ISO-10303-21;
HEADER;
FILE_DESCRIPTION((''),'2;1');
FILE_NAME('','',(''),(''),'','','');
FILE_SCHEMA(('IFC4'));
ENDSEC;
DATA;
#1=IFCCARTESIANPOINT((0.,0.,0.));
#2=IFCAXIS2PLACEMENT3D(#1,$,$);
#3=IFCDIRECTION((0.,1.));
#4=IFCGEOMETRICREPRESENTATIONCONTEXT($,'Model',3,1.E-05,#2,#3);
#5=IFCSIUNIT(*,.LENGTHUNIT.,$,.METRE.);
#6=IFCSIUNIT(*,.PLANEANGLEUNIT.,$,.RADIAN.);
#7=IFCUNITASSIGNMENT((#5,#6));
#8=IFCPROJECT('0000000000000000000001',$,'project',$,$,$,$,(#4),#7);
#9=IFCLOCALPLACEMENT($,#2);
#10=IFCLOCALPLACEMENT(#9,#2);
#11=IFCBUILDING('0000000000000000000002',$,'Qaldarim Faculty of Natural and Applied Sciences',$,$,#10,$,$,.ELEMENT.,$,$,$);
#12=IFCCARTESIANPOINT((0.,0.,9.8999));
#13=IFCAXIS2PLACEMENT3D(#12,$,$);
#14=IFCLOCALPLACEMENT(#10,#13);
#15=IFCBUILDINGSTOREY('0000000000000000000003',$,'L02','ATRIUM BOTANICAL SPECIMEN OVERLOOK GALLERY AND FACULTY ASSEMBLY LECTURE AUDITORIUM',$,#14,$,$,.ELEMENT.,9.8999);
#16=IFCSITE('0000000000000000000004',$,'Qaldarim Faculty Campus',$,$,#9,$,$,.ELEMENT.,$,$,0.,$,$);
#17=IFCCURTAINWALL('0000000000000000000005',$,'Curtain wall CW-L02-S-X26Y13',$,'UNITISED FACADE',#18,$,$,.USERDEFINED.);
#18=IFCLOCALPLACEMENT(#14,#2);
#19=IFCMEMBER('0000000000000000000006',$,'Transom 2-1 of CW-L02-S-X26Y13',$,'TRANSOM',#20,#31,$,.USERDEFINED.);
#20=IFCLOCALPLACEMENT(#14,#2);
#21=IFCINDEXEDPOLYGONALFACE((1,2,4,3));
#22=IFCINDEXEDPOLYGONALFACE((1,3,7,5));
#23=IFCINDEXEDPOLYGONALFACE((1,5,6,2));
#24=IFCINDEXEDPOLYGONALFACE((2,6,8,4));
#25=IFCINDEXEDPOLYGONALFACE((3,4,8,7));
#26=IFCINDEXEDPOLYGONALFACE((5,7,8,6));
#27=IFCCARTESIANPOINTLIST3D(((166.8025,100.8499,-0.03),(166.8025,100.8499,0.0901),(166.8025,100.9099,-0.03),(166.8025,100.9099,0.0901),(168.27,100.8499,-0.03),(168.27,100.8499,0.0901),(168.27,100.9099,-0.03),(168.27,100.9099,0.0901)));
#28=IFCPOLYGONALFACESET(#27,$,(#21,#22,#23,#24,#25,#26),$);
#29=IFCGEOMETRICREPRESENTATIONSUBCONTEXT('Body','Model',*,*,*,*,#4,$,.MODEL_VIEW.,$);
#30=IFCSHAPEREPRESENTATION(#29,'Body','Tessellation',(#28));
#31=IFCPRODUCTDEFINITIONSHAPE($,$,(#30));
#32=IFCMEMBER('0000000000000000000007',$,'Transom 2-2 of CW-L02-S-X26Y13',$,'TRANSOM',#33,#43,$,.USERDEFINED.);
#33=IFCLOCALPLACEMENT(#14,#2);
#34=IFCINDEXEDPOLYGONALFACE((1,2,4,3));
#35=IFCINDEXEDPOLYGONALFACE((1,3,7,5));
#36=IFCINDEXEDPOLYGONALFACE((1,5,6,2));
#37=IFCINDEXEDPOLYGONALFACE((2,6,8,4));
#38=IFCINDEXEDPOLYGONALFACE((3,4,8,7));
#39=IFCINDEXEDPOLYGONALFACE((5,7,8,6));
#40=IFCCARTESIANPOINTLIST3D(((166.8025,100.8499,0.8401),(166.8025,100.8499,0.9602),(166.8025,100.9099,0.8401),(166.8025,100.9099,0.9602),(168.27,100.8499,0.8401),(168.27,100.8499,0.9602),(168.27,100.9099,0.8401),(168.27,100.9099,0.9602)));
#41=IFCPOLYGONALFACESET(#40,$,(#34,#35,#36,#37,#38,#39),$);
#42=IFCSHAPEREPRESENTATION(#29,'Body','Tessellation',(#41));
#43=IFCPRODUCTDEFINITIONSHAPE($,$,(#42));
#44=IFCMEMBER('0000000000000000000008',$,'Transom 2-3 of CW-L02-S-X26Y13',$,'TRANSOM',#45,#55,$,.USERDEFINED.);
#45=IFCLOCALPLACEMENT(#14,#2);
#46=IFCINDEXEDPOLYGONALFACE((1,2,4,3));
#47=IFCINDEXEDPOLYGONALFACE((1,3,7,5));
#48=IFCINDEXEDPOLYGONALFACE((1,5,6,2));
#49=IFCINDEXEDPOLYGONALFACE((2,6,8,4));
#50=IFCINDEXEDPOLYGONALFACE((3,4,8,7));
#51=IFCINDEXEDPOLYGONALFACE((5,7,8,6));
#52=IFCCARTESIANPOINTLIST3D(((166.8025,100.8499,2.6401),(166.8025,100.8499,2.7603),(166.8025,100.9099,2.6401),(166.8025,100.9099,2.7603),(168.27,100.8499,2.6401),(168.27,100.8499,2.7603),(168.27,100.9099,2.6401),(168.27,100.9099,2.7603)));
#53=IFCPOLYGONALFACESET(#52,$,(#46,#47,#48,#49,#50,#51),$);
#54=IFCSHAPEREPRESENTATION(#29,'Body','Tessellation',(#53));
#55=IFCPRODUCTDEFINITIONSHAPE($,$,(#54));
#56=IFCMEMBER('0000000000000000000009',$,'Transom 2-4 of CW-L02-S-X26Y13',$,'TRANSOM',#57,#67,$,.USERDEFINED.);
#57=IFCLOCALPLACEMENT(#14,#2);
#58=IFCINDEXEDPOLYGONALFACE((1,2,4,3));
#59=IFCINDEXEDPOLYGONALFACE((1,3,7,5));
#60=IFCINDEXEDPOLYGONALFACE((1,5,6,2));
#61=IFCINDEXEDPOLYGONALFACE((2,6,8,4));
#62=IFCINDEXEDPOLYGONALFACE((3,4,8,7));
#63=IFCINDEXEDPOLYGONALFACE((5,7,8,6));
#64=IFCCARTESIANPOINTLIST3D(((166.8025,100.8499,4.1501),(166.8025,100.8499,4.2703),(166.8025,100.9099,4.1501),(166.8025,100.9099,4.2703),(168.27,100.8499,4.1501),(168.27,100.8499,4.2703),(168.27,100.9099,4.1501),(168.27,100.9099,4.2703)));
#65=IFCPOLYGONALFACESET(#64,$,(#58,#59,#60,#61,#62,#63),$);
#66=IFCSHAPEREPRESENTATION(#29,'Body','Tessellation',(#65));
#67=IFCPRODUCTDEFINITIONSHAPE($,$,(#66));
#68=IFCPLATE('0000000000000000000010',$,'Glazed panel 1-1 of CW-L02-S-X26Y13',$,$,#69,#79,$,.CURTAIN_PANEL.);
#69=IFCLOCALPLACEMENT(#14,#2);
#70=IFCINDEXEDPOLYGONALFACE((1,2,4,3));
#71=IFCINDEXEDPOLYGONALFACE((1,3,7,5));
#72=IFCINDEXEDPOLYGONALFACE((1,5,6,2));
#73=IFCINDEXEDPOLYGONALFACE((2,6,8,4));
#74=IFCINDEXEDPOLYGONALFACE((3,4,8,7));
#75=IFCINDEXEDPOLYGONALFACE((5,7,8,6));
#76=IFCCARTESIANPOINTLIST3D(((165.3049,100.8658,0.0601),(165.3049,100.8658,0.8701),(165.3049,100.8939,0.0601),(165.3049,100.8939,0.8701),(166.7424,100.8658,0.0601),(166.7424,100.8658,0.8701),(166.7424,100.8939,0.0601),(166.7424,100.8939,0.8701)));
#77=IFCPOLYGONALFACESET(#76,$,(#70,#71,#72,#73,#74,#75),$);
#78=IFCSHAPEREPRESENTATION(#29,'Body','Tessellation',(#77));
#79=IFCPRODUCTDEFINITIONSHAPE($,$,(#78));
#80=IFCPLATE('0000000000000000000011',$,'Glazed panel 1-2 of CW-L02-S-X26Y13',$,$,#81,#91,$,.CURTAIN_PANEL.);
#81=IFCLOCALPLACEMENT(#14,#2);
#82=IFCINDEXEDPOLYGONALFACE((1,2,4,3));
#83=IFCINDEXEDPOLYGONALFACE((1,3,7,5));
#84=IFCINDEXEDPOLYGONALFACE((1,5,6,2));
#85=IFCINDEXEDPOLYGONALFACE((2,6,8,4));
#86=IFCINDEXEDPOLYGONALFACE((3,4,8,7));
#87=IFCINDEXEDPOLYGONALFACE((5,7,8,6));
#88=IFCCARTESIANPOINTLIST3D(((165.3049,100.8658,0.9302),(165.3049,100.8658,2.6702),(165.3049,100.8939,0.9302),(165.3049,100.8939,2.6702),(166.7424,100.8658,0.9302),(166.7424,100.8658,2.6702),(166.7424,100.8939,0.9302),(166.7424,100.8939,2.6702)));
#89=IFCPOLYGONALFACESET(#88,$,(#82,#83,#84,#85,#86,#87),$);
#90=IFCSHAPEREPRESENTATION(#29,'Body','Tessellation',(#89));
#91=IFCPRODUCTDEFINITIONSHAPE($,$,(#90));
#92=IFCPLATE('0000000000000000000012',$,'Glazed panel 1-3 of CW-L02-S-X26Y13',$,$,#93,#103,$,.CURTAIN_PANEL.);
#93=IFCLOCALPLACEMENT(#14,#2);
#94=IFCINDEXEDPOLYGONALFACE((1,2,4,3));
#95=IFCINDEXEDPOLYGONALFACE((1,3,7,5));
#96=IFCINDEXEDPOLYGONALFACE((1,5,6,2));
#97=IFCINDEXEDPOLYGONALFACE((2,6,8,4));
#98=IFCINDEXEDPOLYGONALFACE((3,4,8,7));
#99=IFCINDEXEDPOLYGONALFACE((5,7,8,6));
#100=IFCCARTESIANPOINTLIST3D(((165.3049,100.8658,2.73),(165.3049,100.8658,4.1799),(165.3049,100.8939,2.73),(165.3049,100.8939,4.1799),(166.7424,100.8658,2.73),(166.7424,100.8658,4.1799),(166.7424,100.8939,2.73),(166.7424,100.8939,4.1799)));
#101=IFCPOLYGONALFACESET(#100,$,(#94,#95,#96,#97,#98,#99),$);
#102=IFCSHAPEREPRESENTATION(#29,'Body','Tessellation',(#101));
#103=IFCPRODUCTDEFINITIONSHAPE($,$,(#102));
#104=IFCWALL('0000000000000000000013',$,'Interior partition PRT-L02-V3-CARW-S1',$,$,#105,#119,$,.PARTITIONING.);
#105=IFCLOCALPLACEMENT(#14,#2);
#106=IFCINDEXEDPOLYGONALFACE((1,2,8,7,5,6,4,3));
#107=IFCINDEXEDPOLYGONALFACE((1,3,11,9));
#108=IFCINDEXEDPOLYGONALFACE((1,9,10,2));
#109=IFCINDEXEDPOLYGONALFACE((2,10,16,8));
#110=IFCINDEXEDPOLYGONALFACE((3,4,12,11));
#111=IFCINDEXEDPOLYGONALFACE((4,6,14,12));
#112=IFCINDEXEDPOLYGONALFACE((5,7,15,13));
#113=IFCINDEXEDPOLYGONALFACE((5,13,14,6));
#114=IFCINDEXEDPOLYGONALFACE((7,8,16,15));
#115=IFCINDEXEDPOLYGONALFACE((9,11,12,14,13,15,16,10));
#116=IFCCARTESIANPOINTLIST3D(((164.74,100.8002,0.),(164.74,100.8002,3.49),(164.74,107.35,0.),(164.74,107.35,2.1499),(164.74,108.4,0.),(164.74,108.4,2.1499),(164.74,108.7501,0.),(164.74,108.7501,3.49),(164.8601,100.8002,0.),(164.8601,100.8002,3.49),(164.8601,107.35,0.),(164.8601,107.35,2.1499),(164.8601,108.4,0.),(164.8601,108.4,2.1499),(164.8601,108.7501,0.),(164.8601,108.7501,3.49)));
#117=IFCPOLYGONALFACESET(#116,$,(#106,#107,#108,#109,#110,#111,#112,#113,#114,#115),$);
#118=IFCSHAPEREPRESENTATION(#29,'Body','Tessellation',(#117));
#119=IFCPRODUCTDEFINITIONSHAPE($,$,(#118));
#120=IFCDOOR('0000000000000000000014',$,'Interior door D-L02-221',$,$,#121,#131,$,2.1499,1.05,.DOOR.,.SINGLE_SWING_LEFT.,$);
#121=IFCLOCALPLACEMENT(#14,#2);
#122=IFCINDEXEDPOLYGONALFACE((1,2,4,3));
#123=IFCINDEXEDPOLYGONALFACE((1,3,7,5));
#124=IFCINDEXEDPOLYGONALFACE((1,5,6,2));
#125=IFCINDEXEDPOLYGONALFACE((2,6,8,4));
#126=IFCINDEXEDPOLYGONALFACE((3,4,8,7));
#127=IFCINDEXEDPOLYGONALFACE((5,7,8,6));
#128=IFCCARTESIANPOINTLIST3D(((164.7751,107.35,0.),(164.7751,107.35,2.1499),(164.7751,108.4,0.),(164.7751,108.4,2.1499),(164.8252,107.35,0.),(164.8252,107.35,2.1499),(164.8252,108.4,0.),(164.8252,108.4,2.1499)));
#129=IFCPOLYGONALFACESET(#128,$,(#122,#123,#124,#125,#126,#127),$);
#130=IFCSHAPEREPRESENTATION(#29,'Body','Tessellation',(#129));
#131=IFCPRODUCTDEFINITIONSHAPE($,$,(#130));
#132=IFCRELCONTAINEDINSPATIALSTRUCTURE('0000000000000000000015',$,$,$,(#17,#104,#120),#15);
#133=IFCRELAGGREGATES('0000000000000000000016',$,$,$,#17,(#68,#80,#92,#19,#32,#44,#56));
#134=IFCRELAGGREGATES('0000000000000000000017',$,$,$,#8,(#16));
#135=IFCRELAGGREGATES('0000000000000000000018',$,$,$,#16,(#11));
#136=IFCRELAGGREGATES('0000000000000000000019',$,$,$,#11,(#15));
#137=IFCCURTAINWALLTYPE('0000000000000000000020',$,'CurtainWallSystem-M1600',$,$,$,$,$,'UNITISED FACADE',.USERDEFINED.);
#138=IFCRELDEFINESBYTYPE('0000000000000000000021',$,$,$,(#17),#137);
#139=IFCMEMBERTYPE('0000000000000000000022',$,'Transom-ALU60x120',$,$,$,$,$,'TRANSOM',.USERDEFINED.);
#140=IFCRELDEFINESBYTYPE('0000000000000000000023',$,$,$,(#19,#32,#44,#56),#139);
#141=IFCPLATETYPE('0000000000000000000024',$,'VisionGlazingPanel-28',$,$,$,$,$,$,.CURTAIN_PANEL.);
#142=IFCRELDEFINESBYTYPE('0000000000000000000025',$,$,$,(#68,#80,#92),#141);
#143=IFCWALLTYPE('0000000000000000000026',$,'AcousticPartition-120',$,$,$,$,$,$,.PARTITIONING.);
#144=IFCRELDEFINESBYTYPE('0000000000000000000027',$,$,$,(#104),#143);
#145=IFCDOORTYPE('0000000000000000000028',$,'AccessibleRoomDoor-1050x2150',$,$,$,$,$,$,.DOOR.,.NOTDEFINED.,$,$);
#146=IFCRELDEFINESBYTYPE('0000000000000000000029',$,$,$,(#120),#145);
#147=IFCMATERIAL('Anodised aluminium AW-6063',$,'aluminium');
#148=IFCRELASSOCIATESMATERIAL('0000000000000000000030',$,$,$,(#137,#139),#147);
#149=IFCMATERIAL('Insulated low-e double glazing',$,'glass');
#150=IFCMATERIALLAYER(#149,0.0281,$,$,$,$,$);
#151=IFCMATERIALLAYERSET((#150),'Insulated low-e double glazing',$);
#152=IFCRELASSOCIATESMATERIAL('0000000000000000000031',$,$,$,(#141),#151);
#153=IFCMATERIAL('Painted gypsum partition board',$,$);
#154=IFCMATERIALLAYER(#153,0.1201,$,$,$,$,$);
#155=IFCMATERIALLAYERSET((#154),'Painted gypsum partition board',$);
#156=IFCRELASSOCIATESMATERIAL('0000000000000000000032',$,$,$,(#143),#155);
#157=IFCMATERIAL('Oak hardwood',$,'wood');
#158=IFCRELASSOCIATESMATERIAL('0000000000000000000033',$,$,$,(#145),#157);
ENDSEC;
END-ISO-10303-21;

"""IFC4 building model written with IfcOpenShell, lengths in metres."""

from ifc_helpers import new_model, si_unit, direction, frame, frame_2d, origin, origin_2d, place, context, subcontext, project, spatial, rectangle, extrude, material, layer, layer_set, material_profile, profile_set, type_object, element, fill, aggregate, save


model = new_model("IFC4")

# Units and contexts
model_context = context("Model", 3, precision=1e-05, world=origin(), true_north=direction((0.0, 1.0)))
body_context = subcontext(model_context, "Body", "Model", "MODEL_VIEW")
ifc_project = project(units=[si_unit("LENGTHUNIT", "METRE"), si_unit("PLANEANGLEUNIT", "RADIAN")], contexts=[model_context])

# Site, building, storey
site_placement = place(None, origin())
site = spatial("IfcSite", under=ifc_project, at=site_placement, Name="Qaldarim Faculty Campus", CompositionType="ELEMENT", RefElevation=0.0)
building_placement = place(site_placement, origin())
building = spatial("IfcBuilding", under=site, at=building_placement, Name="Qaldarim Faculty of Natural and Applied Sciences", CompositionType="ELEMENT")
storey_placement = place(building_placement, frame((0.0, 0.0, 9.8999)))
storey = spatial("IfcBuildingStorey", under=building, at=storey_placement, Name="L02", Description="ATRIUM BOTANICAL SPECIMEN OVERLOOK GALLERY AND FACULTY ASSEMBLY LECTURE AUDITORIUM", CompositionType="ELEMENT", Elevation=9.8999)

# Curtain wall
ifc_material_1 = material(Name="Anodised aluminium AW-6063", Category="aluminium")
curtain_wall_type = type_object("IfcCurtainWallType", Name="CurtainWallSystem-M1600", ElementType="UNITISED FACADE", PredefinedType="USERDEFINED", material=ifc_material_1)
curtain_wall_placement = place(storey_placement, origin())
curtain_wall = element("IfcCurtainWall", 1, at=curtain_wall_placement, inside=storey, type_object=curtain_wall_type, Name="Curtain wall CW-L02-S-X26Y13", ObjectType="UNITISED FACADE", PredefinedType="USERDEFINED")

# Members
ifc_material_profile_1 = material_profile(ifc_material_1, rectangle(XDim=0.0601, YDim=0.1201, at=origin_2d()), Name="ALU-T60x120")
ifc_profile_set_1 = profile_set([ifc_material_profile_1], Name="Anodised aluminium AW-6063")
member_type_1 = type_object("IfcMemberType", Name="Transom-ALU60x120", ElementType="TRANSOM", PredefinedType="USERDEFINED", material=ifc_profile_set_1)
member_1_placement = place(storey_placement, frame((166.8025, 100.8799, 0.03), z_axis=(1.0, 0.0, 0.0), x_axis=(0.0, 1.0, 0.0)))
member_1 = element("IfcMember", 2, at=member_1_placement, type_object=member_type_1, Name="Transom 2-1 of CW-L02-S-X26Y13", ObjectType="TRANSOM", PredefinedType="USERDEFINED", context=body_context, shape_type="SweptSolid", body=[
    extrude(rectangle(XDim=0.0601, YDim=0.1201, at=origin_2d()), origin(), (0.0, 0.0, 1.0), 1.4675),
])
member_2_placement = place(storey_placement, frame((166.8025, 100.8799, 0.9001), z_axis=(1.0, 0.0, 0.0), x_axis=(0.0, 1.0, 0.0)))
member_2 = element("IfcMember", 3, at=member_2_placement, type_object=member_type_1, Name="Transom 2-2 of CW-L02-S-X26Y13", ObjectType="TRANSOM", PredefinedType="USERDEFINED", context=body_context, shape_type="SweptSolid", body=[
    extrude(rectangle(XDim=0.0601, YDim=0.1201, at=origin_2d()), origin(), (0.0, 0.0, 1.0), 1.4675),
])
member_3_placement = place(storey_placement, frame((166.8025, 100.8799, 2.7002), z_axis=(1.0, 0.0, 0.0), x_axis=(0.0, 1.0, 0.0)))
member_3 = element("IfcMember", 4, at=member_3_placement, type_object=member_type_1, Name="Transom 2-3 of CW-L02-S-X26Y13", ObjectType="TRANSOM", PredefinedType="USERDEFINED", context=body_context, shape_type="SweptSolid", body=[
    extrude(rectangle(XDim=0.0601, YDim=0.1201, at=origin_2d()), origin(), (0.0, 0.0, 1.0), 1.4675),
])
member_4_placement = place(storey_placement, frame((166.8025, 100.8799, 4.2102), z_axis=(1.0, 0.0, 0.0), x_axis=(0.0, 1.0, 0.0)))
member_4 = element("IfcMember", 5, at=member_4_placement, type_object=member_type_1, Name="Transom 2-4 of CW-L02-S-X26Y13", ObjectType="TRANSOM", PredefinedType="USERDEFINED", context=body_context, shape_type="SweptSolid", body=[
    extrude(rectangle(XDim=0.0601, YDim=0.1201, at=origin_2d()), origin(), (0.0, 0.0, 1.0), 1.4675),
])

# Plates
ifc_material_2 = material(Name="Insulated low-e double glazing", Category="glass")
ifc_layer_1 = layer(ifc_material_2, 0.0281)
ifc_layer_set_1 = layer_set([ifc_layer_1], Name="Insulated low-e double glazing")
plate_type = type_object("IfcPlateType", Name="VisionGlazingPanel-28", PredefinedType="CURTAIN_PANEL", material=ifc_layer_set_1)
plate_1_placement = place(storey_placement, frame((166.0237, 100.8799, 0.0601), z_axis=(0.0, 0.0, 1.0), x_axis=(1.0, 0.0, 0.0)))
plate_1 = element("IfcPlate", 6, at=plate_1_placement, type_object=plate_type, Name="Glazed panel 1-1 of CW-L02-S-X26Y13", PredefinedType="CURTAIN_PANEL", context=body_context, shape_type="SweptSolid", body=[
    extrude(rectangle(XDim=1.4375, YDim=0.0281, at=origin_2d()), origin(), (0.0, 0.0, 1.0), 0.8101),
])
plate_2_placement = place(storey_placement, frame((166.0237, 100.8799, 0.9302), z_axis=(0.0, 0.0, 1.0), x_axis=(1.0, 0.0, 0.0)))
plate_2 = element("IfcPlate", 7, at=plate_2_placement, type_object=plate_type, Name="Glazed panel 1-2 of CW-L02-S-X26Y13", PredefinedType="CURTAIN_PANEL", context=body_context, shape_type="SweptSolid", body=[
    extrude(rectangle(XDim=1.4375, YDim=0.0281, at=origin_2d()), origin(), (0.0, 0.0, 1.0), 1.74),
])
plate_3_placement = place(storey_placement, frame((166.0237, 100.8799, 2.73), z_axis=(0.0, 0.0, 1.0), x_axis=(1.0, 0.0, 0.0)))
plate_3 = element("IfcPlate", 8, at=plate_3_placement, type_object=plate_type, Name="Glazed panel 1-3 of CW-L02-S-X26Y13", PredefinedType="CURTAIN_PANEL", context=body_context, shape_type="SweptSolid", body=[
    extrude(rectangle(XDim=1.4375, YDim=0.0281, at=origin_2d()), origin(), (0.0, 0.0, 1.0), 1.45),
])
aggregate(curtain_wall, [plate_1, plate_2, plate_3, member_1, member_2, member_3, member_4])

# Wall, opening, door
ifc_material_3 = material(Name="Painted gypsum partition board")
ifc_layer_2 = layer(ifc_material_3, 0.1201)
ifc_layer_set_2 = layer_set([ifc_layer_2], Name="Painted gypsum partition board")
wall_type = type_object("IfcWallType", Name="AcousticPartition-120", PredefinedType="PARTITIONING", material=ifc_layer_set_2)
wall_placement = place(storey_placement, frame((164.8, 100.8, 0.0), z_axis=(0.0, 0.0, 1.0), x_axis=(0.0, 1.0, 0.0)))
wall = element("IfcWall", 9, at=wall_placement, inside=storey, type_object=wall_type, Name="Interior partition PRT-L02-V3-CARW-S1", PredefinedType="PARTITIONING", context=body_context, shape_type="SweptSolid", body=[
    extrude(rectangle(XDim=7.95, YDim=0.1201, at=frame_2d((3.9751, 0.0))), origin(), (0.0, 0.0, 1.0), 3.49),
])
opening_placement = place(wall_placement, frame((6.55, 0.0, 0.0)))
opening = element("IfcOpeningElement", 10, at=opening_placement, cuts=wall, PredefinedType="OPENING", context=body_context, shape_type="SweptSolid", body=[
    extrude(rectangle(XDim=1.05, YDim=2.1499, at=frame_2d((0.5249, 1.075))), frame((0.0, 0.0701, 0.0), z_axis=(0.0, -1.0, 0.0), x_axis=(1.0, 0.0, 0.0)), (0.0, 0.0, 1.0), 0.1401),
])
ifc_material_4 = material(Name="Oak hardwood", Category="wood")
door_type = type_object("IfcDoorType", Name="AccessibleRoomDoor-1050x2150", OperationType="NOTDEFINED", PredefinedType="DOOR", material=ifc_material_4)
door_placement = place(opening_placement, origin())
door = element("IfcDoor", 11, at=door_placement, inside=storey, type_object=door_type, Name="Interior door D-L02-221", OperationType="SINGLE_SWING_LEFT", OverallHeight=2.1499, OverallWidth=1.05, PredefinedType="DOOR", context=body_context, shape_type="SweptSolid", body=[
    extrude(rectangle(XDim=1.05, YDim=2.1499, at=frame_2d((0.5249, 1.075))), frame((0.0, 0.0249, 0.0), z_axis=(0.0, -1.0, 0.0), x_axis=(1.0, 0.0, 0.0)), (0.0, 0.0, 1.0), 0.05),
])
fill(opening, door)

save(model, "model.ifc")
